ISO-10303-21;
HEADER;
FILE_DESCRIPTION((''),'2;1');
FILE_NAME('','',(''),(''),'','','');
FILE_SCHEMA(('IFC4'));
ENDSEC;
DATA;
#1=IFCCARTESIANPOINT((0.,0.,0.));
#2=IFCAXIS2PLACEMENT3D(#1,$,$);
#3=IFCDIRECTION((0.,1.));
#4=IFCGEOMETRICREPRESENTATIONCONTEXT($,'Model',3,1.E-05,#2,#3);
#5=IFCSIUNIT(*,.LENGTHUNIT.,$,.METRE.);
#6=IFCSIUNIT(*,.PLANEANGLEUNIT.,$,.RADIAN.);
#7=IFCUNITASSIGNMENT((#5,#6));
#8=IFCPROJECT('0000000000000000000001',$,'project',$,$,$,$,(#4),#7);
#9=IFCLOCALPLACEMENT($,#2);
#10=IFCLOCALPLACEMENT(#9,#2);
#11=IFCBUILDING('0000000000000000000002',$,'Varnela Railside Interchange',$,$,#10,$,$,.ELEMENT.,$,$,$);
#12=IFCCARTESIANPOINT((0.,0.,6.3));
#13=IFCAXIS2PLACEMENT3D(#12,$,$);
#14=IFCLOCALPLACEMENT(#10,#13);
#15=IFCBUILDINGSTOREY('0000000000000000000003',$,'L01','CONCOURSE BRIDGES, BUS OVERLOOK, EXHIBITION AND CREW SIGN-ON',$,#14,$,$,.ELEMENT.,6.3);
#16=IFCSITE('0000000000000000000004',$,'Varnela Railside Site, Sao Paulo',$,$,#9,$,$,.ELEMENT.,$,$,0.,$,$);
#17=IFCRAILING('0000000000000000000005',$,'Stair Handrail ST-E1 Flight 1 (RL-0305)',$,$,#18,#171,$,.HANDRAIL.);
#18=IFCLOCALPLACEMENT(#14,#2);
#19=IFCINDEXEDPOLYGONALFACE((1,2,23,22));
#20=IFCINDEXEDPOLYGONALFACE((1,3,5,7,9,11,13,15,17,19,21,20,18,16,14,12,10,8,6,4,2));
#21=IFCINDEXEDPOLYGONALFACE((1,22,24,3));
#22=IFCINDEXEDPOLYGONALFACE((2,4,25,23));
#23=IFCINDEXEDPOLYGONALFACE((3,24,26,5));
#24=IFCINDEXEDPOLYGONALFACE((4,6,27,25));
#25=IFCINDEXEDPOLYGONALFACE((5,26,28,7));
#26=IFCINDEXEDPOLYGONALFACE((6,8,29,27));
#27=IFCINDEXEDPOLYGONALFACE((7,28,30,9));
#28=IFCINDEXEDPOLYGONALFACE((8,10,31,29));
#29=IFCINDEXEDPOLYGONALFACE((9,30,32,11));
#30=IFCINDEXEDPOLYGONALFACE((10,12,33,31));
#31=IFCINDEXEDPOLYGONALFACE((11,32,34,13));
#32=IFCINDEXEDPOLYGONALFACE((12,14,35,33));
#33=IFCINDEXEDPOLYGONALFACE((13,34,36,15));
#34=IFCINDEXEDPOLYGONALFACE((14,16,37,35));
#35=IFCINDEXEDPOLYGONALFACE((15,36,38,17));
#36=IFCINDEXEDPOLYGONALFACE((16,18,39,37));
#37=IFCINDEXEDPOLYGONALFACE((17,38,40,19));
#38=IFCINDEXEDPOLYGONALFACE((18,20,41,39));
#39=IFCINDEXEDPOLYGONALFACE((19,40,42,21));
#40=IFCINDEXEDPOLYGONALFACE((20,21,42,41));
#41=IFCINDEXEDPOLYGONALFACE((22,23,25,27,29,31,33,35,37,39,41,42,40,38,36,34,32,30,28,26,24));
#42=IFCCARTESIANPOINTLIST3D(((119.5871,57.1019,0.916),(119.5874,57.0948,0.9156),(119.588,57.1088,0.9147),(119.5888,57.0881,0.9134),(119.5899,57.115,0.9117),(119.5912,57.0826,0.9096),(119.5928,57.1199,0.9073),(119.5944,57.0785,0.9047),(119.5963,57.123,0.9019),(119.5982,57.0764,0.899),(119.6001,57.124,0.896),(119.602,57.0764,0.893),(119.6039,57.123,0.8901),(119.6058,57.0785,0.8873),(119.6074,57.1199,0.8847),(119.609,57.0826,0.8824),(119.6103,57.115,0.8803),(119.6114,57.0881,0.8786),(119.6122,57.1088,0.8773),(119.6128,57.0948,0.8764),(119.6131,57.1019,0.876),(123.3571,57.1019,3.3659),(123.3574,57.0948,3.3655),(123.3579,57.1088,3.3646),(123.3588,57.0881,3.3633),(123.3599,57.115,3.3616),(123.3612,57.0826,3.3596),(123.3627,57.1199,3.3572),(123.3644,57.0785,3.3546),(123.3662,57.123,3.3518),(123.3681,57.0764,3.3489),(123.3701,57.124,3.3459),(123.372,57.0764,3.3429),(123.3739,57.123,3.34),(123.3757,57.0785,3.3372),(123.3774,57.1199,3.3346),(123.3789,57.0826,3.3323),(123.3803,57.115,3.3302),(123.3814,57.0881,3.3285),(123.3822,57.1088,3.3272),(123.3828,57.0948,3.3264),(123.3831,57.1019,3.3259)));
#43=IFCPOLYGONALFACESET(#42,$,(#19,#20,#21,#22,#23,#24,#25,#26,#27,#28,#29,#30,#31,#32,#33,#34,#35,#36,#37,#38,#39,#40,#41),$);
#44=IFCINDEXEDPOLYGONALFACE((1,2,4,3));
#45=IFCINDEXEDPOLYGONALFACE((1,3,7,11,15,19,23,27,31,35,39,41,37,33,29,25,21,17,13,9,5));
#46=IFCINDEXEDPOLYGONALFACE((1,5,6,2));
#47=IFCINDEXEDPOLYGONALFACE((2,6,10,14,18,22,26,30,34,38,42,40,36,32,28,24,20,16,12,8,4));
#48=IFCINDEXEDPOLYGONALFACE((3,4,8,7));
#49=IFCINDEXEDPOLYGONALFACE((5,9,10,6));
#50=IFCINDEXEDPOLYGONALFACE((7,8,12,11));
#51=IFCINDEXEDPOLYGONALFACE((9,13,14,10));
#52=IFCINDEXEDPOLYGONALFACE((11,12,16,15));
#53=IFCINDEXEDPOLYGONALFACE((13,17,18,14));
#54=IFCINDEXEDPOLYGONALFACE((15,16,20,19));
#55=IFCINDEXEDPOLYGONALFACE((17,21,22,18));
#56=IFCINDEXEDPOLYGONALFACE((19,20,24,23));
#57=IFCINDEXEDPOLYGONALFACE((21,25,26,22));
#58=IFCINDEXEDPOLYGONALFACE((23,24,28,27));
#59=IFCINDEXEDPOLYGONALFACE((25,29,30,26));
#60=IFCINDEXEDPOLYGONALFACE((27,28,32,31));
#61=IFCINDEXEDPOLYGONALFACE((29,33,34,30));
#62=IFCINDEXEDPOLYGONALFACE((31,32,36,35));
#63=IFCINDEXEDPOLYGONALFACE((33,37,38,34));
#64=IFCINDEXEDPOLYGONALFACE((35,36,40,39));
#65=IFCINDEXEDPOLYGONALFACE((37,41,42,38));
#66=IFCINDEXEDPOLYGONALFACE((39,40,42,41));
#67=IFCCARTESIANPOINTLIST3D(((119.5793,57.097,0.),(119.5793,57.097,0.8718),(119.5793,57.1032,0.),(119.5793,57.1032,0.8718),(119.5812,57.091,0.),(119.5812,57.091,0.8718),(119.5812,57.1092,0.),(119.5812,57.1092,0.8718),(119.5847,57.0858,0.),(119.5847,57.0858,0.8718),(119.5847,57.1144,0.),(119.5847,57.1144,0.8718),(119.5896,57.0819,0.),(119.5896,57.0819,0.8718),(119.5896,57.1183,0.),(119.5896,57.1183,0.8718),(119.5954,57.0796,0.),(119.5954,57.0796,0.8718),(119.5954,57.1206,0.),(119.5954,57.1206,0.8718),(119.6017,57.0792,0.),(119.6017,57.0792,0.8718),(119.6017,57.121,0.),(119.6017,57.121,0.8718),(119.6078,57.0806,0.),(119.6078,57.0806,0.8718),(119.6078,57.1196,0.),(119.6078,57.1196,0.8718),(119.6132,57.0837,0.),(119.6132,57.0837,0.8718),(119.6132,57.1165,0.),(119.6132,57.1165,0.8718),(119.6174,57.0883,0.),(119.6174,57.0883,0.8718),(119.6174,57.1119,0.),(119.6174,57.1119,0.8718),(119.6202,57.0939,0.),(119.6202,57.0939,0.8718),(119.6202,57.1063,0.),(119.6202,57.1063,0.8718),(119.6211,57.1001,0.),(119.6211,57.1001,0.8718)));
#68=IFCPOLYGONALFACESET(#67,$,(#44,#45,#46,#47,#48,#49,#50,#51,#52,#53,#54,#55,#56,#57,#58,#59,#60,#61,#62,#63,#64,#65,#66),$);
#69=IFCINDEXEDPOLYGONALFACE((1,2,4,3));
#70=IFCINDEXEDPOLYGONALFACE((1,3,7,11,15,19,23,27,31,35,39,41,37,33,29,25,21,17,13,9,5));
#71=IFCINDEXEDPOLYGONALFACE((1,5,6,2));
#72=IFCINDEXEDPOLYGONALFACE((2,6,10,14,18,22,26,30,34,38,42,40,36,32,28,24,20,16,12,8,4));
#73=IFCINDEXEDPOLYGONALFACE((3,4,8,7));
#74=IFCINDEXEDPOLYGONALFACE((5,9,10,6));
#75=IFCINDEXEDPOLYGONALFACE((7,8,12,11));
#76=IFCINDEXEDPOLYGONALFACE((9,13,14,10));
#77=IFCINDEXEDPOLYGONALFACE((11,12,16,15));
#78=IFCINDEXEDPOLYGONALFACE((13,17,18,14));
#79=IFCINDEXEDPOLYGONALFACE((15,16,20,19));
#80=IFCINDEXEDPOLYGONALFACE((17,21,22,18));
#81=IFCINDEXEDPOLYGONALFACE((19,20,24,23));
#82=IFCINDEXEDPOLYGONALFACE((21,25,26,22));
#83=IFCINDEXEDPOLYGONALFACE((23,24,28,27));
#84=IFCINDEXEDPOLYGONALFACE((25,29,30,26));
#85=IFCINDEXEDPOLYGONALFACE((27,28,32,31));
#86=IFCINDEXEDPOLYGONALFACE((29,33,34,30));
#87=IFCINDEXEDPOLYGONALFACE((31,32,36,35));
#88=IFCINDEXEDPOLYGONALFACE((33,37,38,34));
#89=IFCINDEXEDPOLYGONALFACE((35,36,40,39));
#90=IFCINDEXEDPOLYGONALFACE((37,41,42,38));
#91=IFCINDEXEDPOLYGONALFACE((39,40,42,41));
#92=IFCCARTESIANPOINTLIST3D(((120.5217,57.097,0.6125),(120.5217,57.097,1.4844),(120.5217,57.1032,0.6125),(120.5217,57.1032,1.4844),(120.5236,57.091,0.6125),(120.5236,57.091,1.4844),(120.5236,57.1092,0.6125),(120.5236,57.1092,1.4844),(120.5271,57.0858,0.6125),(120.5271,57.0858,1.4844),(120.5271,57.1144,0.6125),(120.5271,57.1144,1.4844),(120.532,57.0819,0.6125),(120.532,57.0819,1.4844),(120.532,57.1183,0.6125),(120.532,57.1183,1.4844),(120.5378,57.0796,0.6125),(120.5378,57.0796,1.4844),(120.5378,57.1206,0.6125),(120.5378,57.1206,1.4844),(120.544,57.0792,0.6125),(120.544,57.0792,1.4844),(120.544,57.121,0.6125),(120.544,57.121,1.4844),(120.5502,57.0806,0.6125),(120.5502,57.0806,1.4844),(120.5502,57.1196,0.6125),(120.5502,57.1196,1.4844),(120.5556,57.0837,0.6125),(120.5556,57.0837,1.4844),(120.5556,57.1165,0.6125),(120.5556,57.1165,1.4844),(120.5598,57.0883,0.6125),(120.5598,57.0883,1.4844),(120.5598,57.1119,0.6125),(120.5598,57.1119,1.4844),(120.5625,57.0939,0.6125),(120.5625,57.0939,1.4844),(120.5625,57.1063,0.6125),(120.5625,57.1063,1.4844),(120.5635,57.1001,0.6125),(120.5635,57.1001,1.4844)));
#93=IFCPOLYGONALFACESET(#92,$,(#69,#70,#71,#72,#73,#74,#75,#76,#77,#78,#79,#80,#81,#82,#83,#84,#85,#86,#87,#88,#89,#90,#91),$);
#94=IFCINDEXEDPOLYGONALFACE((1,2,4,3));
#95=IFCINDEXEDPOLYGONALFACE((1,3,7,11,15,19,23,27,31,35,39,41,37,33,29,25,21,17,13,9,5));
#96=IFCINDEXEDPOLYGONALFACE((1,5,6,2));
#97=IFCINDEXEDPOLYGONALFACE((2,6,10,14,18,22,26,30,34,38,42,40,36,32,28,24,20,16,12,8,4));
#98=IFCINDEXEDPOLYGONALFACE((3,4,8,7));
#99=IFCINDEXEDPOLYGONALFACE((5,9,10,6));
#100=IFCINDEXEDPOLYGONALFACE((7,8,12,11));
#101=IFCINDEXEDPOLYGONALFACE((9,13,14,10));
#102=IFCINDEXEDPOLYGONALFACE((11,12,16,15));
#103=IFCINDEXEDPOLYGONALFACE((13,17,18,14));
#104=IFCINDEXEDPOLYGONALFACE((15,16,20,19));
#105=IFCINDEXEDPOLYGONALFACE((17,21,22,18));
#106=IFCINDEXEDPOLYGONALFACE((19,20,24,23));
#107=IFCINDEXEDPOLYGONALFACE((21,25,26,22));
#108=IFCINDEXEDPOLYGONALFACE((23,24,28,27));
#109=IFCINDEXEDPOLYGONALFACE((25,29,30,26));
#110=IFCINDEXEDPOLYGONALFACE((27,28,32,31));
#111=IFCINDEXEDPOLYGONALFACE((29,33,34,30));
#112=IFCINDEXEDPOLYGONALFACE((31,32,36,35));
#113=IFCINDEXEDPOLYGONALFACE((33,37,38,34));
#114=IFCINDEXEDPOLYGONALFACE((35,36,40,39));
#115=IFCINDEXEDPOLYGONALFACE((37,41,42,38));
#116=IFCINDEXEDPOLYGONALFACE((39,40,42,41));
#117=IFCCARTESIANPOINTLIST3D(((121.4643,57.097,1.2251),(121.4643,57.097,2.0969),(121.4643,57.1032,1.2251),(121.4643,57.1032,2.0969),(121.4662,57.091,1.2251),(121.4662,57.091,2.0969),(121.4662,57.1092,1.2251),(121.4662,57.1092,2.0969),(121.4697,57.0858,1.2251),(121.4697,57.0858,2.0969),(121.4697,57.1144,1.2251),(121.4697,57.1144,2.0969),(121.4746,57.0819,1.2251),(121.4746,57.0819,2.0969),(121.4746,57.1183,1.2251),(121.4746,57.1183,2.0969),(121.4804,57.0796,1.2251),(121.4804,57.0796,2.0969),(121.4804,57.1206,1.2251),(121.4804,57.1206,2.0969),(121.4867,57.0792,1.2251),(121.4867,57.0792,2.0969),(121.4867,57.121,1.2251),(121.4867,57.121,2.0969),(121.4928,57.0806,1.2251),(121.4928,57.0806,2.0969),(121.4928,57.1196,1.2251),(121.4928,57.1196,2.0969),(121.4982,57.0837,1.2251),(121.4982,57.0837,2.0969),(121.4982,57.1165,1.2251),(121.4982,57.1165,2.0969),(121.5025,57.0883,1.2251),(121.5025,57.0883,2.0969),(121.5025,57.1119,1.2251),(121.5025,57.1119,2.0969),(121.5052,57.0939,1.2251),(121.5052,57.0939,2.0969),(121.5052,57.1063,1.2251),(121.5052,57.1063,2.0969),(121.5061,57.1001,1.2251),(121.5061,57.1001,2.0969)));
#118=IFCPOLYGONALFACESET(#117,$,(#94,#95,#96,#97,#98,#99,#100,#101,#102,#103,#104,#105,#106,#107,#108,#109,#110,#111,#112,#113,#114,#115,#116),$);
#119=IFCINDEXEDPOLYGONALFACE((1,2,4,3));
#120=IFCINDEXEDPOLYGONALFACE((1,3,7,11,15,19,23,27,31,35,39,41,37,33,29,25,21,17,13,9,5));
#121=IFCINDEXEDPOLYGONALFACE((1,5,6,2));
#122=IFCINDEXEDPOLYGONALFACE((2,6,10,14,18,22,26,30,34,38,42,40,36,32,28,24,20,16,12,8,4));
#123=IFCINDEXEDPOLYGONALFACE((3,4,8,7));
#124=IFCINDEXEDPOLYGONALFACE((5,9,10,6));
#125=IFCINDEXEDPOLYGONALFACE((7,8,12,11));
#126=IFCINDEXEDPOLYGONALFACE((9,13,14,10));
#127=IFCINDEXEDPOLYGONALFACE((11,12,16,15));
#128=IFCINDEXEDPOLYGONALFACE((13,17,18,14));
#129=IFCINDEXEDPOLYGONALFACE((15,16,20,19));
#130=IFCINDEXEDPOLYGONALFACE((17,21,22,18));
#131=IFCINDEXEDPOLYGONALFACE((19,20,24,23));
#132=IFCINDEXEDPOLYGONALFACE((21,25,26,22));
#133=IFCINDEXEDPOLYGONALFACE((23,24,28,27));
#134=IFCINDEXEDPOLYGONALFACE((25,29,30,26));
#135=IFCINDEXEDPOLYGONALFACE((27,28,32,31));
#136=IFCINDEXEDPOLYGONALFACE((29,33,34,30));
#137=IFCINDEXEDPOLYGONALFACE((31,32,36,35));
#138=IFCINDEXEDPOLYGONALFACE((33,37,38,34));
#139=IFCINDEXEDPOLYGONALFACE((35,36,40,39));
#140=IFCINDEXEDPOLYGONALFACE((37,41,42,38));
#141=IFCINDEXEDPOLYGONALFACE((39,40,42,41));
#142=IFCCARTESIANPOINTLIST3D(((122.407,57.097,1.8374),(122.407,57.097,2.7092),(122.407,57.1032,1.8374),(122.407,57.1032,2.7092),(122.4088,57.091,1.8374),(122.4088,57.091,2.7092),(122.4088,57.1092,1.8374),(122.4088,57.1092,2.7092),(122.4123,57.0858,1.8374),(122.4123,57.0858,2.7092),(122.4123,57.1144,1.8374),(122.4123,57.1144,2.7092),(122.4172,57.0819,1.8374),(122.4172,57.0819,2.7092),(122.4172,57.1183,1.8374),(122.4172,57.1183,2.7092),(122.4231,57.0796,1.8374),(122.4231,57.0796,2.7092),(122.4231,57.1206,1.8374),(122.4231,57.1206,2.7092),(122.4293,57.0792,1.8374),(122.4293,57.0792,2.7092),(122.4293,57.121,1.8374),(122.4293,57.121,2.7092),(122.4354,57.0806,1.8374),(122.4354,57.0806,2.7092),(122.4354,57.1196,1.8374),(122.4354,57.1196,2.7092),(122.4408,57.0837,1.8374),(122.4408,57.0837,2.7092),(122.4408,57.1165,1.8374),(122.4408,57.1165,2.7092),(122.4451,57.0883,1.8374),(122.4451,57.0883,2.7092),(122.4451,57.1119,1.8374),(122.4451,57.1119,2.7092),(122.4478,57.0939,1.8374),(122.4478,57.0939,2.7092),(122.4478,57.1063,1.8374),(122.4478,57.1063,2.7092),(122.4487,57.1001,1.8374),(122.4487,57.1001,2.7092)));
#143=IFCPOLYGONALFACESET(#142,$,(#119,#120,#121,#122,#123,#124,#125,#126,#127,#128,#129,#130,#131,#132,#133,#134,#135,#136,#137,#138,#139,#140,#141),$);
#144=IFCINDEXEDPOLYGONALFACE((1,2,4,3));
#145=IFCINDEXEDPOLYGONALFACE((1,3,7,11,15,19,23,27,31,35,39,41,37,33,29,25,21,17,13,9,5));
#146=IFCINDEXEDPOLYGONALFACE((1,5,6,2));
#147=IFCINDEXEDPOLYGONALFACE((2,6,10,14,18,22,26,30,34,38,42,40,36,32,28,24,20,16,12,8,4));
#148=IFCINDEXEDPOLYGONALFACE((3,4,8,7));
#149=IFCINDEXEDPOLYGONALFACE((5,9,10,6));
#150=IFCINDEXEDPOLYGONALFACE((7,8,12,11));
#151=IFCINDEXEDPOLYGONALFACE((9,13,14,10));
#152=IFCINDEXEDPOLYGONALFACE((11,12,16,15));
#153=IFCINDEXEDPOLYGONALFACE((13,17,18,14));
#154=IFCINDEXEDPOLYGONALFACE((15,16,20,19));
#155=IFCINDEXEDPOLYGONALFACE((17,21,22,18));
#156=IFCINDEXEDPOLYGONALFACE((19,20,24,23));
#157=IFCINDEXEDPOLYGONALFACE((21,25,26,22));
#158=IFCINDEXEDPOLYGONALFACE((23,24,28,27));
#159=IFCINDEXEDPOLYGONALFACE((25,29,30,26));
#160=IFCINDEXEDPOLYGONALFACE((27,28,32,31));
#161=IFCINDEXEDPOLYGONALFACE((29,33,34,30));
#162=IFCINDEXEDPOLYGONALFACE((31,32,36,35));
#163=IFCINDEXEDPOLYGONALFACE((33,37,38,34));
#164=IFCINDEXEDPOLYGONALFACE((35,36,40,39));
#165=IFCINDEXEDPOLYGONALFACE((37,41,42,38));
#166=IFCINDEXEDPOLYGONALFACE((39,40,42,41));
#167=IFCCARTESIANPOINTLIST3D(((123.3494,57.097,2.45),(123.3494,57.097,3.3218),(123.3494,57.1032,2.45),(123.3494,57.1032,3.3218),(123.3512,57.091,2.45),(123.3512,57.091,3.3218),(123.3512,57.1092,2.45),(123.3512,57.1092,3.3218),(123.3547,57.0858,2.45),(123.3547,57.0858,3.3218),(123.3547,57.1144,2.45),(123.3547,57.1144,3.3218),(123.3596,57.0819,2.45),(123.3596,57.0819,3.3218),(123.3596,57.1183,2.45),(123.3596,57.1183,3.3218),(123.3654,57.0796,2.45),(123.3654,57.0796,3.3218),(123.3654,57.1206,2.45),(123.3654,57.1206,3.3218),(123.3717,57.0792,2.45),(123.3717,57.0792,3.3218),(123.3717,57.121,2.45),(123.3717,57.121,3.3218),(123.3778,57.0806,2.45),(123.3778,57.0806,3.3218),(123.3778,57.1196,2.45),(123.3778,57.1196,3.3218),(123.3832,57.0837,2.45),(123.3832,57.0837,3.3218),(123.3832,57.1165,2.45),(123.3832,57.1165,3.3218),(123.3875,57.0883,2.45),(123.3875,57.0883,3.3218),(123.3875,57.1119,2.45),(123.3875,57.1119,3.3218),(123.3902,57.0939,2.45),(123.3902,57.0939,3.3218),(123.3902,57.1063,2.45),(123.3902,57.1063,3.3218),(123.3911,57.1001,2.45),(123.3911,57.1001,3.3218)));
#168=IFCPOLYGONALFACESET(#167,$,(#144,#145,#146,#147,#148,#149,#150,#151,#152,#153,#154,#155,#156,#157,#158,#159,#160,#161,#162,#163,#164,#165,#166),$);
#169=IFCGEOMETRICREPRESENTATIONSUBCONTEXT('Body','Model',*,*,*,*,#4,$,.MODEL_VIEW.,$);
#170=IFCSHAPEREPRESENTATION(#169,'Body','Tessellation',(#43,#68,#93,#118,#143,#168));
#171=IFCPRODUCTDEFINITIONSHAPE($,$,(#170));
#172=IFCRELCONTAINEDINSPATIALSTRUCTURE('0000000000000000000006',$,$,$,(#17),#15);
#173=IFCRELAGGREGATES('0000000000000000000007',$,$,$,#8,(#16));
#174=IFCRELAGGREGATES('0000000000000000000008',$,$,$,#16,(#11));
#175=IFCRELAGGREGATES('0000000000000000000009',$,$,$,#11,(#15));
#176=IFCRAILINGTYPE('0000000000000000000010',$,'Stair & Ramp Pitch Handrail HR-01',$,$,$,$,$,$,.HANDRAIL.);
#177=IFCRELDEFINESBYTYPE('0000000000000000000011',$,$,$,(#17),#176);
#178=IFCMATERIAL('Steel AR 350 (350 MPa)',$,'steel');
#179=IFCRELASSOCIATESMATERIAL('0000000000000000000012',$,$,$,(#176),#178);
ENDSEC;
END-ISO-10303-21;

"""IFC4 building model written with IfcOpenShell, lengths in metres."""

from ifc_helpers import new_model, si_unit, direction, frame, origin, origin_2d, place, context, subcontext, project, spatial, circle, extrude, material, type_object, element, save


model = new_model("IFC4")

# Units and contexts
model_context = context("Model", 3, precision=1e-05, world=origin(), true_north=direction((0.0, 1.0)))
body_context = subcontext(model_context, "Body", "Model", "MODEL_VIEW")
ifc_project = project(units=[si_unit("LENGTHUNIT", "METRE"), si_unit("PLANEANGLEUNIT", "RADIAN")], contexts=[model_context])

# Site, building, storey
site_placement = place(None, origin())
site = spatial("IfcSite", under=ifc_project, at=site_placement, Name="Varnela Railside Site, Sao Paulo", CompositionType="ELEMENT", RefElevation=0.0)
building_placement = place(site_placement, origin())
building = spatial("IfcBuilding", under=site, at=building_placement, Name="Varnela Railside Interchange", CompositionType="ELEMENT")
storey_placement = place(building_placement, frame((0.0, 0.0, 6.3)))
storey = spatial("IfcBuildingStorey", under=building, at=storey_placement, Name="L01", Description="CONCOURSE BRIDGES, BUS OVERLOOK, EXHIBITION AND CREW SIGN-ON", CompositionType="ELEMENT", Elevation=6.3)

# Shared definitions
ifc_material_1 = material(Name="Steel AR 350 (350 MPa)", Category="steel")

# Railing
railing_type_1 = type_object("IfcRailingType", Name="Stair & Ramp Pitch Handrail HR-01", PredefinedType="HANDRAIL", material=ifc_material_1)
railing_1_placement = place(storey_placement, frame((119.6001, 57.1001, 0.0)))
element("IfcRailing", 1, at=railing_1_placement, inside=storey, type_object=railing_type_1, Name="Stair Handrail ST-E1 Flight 1 (RL-0305)", PredefinedType="HANDRAIL", context=body_context, shape_type="SweptSolid", body=[
    extrude(circle(Radius=0.0239, at=origin_2d()), frame((0.0, 0.0, 0.896), z_axis=(0.838501, 0.0, 0.544901), x_axis=(0.0, 1.0, 0.0)), (0.0, 0.0, 1.0), 4.4961),
    extrude(circle(Radius=0.021, at=origin_2d()), origin(), (0.0, 0.0, 1.0), 0.8718),
    extrude(circle(Radius=0.021, at=origin_2d()), frame((0.9424, 0.0, 0.6125)), (0.0, 0.0, 1.0), 0.8718),
    extrude(circle(Radius=0.021, at=origin_2d()), frame((1.885, 0.0, 1.2251)), (0.0, 0.0, 1.0), 0.8718),
    extrude(circle(Radius=0.021, at=origin_2d()), frame((2.8276, 0.0, 1.8374)), (0.0, 0.0, 1.0), 0.8718),
    extrude(circle(Radius=0.021, at=origin_2d()), frame((3.77, 0.0, 2.45)), (0.0, 0.0, 1.0), 0.8718),
])

save(model, "model.ifc")
